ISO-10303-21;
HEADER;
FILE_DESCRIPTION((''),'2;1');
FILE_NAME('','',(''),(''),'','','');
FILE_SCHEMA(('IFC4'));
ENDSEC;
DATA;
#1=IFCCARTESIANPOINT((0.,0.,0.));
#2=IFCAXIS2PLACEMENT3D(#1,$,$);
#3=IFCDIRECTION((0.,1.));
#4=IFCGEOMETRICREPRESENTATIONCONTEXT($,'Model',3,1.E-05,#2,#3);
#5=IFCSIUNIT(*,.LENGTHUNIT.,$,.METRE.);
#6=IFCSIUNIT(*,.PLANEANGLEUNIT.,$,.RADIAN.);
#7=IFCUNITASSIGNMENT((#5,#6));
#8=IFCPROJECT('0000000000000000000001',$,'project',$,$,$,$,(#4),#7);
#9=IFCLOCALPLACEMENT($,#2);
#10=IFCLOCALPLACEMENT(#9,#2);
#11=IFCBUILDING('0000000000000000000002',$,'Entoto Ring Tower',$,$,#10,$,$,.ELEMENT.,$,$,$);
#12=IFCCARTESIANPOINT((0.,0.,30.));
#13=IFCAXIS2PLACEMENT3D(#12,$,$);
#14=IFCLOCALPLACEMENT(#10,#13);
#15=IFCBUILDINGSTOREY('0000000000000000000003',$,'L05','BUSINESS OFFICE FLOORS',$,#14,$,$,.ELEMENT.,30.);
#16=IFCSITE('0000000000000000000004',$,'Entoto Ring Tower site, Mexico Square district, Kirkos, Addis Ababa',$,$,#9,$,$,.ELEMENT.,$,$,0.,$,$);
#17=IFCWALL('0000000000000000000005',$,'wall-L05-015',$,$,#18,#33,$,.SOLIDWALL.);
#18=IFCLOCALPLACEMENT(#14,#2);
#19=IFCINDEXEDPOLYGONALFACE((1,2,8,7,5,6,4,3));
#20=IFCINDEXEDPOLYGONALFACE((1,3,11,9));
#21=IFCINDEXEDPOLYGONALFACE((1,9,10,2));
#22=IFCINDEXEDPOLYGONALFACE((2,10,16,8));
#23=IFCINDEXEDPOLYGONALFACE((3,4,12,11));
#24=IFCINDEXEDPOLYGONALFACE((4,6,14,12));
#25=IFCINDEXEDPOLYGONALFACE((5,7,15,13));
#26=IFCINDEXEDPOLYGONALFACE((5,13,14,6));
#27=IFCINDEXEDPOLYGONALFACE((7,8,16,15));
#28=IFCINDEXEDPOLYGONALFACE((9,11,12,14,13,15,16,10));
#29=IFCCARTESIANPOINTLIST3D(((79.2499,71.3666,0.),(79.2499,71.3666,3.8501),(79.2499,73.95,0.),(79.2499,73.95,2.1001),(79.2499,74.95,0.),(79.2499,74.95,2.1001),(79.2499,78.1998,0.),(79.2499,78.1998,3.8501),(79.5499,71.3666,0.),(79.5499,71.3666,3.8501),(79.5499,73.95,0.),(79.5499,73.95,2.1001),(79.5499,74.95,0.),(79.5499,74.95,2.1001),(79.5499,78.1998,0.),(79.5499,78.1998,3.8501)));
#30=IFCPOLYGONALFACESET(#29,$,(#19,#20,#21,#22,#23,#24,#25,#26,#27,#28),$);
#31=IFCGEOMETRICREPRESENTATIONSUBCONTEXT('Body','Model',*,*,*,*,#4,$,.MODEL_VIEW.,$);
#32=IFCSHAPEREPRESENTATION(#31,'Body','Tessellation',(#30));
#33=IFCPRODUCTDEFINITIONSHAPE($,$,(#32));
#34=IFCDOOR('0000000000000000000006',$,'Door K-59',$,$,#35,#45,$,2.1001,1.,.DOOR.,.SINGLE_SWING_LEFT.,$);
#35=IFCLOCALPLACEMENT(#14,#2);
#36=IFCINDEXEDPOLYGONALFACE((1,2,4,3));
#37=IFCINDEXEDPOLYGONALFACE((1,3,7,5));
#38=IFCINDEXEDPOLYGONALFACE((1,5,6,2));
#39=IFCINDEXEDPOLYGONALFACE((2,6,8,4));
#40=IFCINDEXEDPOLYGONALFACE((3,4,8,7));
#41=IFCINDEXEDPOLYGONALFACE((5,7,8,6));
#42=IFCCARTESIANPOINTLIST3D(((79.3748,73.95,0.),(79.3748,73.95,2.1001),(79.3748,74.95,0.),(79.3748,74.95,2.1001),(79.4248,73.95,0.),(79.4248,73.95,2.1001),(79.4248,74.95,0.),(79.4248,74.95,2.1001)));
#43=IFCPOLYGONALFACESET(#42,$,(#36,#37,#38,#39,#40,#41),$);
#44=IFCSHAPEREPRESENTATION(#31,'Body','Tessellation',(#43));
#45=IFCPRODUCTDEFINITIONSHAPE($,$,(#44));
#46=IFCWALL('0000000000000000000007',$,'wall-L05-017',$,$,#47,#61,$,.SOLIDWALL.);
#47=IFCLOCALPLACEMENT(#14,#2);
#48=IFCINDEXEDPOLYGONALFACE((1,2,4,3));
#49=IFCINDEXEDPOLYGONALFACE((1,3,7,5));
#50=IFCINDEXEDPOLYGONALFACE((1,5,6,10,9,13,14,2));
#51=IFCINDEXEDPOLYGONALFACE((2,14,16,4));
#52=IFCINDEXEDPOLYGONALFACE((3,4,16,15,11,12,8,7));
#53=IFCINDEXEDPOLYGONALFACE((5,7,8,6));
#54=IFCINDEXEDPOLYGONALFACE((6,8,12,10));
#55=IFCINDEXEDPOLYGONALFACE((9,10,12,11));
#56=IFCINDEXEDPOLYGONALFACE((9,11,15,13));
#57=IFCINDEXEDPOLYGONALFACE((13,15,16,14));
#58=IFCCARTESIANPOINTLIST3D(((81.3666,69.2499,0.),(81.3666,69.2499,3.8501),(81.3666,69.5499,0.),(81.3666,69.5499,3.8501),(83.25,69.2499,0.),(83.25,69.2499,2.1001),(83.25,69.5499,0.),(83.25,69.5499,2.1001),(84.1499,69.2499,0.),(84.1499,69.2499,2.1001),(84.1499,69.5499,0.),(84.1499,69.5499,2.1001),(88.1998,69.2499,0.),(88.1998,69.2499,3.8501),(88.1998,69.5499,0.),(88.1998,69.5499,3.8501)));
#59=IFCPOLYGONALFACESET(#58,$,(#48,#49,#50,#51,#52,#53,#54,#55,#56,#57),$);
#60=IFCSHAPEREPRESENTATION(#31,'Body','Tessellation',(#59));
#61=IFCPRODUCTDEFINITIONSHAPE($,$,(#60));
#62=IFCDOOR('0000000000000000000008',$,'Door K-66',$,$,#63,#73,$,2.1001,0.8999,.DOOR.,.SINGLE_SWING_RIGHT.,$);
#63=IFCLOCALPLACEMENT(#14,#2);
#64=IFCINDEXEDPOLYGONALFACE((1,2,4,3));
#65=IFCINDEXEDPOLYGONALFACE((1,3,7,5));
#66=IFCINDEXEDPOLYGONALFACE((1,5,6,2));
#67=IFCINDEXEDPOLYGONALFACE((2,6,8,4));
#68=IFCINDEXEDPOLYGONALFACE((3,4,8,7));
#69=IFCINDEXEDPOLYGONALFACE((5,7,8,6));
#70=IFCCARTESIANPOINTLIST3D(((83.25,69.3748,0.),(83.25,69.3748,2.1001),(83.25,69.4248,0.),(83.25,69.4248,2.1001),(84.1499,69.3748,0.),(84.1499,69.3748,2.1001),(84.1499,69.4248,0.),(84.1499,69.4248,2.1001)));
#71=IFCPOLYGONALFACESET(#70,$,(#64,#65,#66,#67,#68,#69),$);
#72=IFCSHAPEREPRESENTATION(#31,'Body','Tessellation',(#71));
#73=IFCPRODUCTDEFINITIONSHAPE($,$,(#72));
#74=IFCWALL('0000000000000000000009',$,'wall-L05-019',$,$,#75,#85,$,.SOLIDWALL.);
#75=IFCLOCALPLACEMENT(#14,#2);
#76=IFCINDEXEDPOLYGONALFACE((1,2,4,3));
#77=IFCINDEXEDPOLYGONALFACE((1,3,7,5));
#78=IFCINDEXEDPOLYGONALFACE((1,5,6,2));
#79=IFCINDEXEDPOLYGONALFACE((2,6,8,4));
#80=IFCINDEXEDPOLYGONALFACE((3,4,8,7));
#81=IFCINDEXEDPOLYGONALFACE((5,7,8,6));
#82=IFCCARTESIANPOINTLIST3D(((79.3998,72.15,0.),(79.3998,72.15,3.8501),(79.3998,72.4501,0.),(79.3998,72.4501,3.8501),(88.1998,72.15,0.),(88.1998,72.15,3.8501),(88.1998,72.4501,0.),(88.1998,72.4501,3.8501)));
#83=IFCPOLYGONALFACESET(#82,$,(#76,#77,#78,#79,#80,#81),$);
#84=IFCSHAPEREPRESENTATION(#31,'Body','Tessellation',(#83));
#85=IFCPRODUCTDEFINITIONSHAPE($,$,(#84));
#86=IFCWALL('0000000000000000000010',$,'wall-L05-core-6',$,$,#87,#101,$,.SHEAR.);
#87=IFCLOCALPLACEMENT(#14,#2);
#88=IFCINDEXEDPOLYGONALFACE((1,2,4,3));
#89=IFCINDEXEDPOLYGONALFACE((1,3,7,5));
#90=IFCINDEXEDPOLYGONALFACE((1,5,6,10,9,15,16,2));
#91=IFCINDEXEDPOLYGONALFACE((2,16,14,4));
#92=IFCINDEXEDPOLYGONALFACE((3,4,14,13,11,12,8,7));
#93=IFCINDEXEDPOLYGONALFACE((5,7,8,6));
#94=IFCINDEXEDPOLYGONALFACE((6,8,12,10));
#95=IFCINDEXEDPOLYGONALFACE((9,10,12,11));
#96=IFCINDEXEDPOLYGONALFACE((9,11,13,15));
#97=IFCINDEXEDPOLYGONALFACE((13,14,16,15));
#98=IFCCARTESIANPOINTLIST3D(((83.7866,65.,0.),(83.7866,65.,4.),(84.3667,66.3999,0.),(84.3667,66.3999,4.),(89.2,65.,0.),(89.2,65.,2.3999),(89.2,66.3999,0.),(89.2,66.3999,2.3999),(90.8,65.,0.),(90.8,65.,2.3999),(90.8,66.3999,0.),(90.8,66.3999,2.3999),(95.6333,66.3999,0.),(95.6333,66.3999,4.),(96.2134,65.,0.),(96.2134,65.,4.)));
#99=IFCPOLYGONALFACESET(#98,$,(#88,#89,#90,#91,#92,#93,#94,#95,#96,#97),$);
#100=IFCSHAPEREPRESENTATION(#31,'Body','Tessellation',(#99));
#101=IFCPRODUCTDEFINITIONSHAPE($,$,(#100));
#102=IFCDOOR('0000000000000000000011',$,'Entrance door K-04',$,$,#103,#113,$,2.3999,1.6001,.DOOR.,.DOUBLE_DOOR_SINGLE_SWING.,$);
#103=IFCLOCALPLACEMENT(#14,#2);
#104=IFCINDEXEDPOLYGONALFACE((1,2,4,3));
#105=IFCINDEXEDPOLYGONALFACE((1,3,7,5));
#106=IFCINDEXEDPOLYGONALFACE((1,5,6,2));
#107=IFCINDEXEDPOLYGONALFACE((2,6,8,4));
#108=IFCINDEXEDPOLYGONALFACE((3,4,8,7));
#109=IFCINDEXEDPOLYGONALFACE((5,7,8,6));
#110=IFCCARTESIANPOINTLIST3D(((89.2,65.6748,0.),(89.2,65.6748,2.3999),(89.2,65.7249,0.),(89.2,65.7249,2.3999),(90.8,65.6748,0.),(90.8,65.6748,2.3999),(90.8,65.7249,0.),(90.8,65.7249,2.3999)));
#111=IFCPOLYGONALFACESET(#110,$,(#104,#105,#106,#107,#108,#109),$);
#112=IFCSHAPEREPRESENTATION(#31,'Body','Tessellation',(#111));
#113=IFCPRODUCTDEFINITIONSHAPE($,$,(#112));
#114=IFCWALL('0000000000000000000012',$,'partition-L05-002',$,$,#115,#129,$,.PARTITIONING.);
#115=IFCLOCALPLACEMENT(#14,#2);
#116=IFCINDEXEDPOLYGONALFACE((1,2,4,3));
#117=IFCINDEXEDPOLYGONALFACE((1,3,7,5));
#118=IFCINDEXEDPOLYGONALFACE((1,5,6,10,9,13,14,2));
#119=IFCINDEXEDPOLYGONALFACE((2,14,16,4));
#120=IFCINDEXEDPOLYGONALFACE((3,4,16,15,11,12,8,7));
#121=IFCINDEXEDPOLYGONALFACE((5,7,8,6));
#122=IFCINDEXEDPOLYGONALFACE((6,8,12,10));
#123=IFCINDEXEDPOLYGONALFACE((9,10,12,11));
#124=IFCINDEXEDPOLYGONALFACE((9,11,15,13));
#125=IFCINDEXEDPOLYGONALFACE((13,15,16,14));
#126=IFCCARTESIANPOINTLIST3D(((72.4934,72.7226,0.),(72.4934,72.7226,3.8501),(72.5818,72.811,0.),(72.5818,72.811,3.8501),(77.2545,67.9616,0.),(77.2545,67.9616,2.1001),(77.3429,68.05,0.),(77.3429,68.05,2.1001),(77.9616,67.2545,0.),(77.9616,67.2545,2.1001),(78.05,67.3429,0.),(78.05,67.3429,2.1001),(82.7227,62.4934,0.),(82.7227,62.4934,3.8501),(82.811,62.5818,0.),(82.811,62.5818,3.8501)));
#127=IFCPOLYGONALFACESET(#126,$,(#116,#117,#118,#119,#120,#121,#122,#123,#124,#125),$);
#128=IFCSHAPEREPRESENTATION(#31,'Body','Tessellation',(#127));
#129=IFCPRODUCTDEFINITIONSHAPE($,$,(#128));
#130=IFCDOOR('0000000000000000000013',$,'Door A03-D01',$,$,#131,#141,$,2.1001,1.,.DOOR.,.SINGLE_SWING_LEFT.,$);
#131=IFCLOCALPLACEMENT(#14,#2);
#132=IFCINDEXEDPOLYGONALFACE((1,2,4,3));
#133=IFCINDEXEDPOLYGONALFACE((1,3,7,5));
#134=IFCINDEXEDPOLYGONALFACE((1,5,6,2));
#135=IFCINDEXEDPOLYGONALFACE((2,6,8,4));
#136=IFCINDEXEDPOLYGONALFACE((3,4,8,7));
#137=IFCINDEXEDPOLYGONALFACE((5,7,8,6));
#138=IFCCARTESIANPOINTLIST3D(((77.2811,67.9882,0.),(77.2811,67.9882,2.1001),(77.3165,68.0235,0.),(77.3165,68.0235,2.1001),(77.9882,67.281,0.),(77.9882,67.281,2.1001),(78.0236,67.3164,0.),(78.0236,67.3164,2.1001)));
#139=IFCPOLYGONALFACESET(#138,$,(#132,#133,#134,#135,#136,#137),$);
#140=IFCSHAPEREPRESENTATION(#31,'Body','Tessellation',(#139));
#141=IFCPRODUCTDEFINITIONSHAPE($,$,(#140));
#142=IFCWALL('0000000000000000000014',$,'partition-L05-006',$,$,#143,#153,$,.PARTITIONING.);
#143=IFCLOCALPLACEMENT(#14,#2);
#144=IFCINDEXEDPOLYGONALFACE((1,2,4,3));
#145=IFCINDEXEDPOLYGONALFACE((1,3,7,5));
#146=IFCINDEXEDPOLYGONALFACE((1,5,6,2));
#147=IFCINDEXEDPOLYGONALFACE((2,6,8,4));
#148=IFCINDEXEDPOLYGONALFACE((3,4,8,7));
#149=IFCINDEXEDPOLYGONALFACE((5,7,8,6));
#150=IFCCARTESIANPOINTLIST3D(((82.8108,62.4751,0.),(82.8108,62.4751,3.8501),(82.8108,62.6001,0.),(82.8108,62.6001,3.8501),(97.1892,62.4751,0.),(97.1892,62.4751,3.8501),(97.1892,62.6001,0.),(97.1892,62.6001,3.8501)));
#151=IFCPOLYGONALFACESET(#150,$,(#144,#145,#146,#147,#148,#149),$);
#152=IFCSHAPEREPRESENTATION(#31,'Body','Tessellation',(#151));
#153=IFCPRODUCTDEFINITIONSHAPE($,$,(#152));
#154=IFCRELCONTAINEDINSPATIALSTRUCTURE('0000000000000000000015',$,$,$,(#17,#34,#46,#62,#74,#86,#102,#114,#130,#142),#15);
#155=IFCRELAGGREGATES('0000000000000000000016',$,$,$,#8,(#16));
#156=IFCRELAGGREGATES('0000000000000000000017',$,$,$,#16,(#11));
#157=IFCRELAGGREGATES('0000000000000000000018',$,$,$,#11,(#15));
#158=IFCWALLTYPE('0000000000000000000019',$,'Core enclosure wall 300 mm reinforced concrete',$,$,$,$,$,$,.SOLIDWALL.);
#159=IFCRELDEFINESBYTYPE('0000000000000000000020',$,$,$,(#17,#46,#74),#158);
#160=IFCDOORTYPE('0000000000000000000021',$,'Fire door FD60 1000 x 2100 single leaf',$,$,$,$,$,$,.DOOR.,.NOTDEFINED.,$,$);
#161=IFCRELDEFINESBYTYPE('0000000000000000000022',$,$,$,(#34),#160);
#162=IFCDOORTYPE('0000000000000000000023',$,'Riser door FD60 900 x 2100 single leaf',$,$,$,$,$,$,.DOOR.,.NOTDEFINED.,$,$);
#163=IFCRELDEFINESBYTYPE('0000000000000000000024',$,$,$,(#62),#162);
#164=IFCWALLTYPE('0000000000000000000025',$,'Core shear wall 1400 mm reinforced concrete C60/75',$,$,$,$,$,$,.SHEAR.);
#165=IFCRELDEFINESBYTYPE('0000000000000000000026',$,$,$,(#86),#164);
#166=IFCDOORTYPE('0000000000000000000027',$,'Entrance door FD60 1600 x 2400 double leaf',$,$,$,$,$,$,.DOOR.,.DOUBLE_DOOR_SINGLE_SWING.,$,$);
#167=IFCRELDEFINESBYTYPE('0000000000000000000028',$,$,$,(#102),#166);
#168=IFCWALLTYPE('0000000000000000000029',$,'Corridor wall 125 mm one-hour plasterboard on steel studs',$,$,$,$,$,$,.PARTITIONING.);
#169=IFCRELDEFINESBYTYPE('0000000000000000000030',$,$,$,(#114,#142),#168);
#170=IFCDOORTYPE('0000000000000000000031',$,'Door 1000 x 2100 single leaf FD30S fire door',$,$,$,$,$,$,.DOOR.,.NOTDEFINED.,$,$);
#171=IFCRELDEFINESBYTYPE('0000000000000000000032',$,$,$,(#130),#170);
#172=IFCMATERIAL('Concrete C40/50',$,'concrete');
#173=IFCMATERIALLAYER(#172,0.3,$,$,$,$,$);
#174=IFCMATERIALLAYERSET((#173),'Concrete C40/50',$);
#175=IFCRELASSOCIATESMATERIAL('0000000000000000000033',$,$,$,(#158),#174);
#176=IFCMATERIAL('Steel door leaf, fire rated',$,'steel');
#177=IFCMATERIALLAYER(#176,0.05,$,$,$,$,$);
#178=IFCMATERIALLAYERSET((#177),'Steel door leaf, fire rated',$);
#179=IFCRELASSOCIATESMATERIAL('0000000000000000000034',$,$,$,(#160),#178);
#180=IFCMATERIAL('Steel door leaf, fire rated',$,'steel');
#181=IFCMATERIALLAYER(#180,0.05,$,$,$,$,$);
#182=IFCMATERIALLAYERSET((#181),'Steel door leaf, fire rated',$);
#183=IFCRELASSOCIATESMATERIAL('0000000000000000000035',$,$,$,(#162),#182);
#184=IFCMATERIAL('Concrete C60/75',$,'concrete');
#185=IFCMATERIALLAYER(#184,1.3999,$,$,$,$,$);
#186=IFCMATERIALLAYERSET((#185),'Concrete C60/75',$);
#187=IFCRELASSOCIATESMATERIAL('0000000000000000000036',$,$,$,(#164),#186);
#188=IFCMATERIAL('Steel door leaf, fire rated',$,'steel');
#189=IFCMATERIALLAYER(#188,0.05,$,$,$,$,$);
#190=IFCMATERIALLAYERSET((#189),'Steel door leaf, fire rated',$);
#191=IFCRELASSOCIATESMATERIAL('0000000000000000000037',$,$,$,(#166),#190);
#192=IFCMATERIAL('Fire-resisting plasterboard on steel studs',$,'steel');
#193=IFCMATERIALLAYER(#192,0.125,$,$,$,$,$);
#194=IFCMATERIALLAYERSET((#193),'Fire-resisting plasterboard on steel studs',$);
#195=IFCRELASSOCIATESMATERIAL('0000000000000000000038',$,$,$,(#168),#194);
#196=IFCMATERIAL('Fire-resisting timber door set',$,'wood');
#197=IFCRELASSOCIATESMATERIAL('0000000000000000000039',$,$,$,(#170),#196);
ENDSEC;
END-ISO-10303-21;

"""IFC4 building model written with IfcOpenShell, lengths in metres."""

from ifc_helpers import new_model, si_unit, direction, frame, frame_2d, origin, place, context, subcontext, project, spatial, polyline, rectangle, outline, extrude, material, layer, layer_set, type_object, element, fill, save


model = new_model("IFC4")

# Units and contexts
model_context = context("Model", 3, precision=1e-05, world=origin(), true_north=direction((0.0, 1.0)))
body_context = subcontext(model_context, "Body", "Model", "MODEL_VIEW")
ifc_project = project(units=[si_unit("LENGTHUNIT", "METRE"), si_unit("PLANEANGLEUNIT", "RADIAN")], contexts=[model_context])

# Site, building, storey
site_placement = place(None, origin())
site = spatial("IfcSite", under=ifc_project, at=site_placement, Name="Entoto Ring Tower site, Mexico Square district, Kirkos, Addis Ababa", CompositionType="ELEMENT", RefElevation=0.0)
building_placement = place(site_placement, origin())
building = spatial("IfcBuilding", under=site, at=building_placement, Name="Entoto Ring Tower", CompositionType="ELEMENT")
storey_placement = place(building_placement, frame((0.0, 0.0, 30.0)))
storey = spatial("IfcBuildingStorey", under=building, at=storey_placement, Name="L05", Description="BUSINESS OFFICE FLOORS", CompositionType="ELEMENT", Elevation=30.0)

# Walls, openings, doors
ifc_material_1 = material(Name="Concrete C40/50", Category="concrete")
ifc_layer_1 = layer(ifc_material_1, 0.3)
ifc_layer_set_1 = layer_set([ifc_layer_1], Name="Concrete C40/50")
wall_type_1 = type_object("IfcWallType", Name="Core enclosure wall 300 mm reinforced concrete", PredefinedType="SOLIDWALL", material=ifc_layer_set_1)
wall_1_placement = place(storey_placement, frame((79.3999, 71.3667, 0.0), z_axis=(0.0, 0.0, 1.0), x_axis=(0.0, 1.0, 0.0)))
wall_1 = element("IfcWall", 1, at=wall_1_placement, inside=storey, type_object=wall_type_1, Name="wall-L05-015", PredefinedType="SOLIDWALL", context=body_context, shape_type="SweptSolid", body=[
    extrude(rectangle(XDim=6.8333, YDim=0.3, at=frame_2d((3.4165, 0.0))), origin(), (0.0, 0.0, 1.0), 3.8501),
])
opening_1_placement = place(wall_1_placement, frame((2.5833, 0.0, 0.0)))
opening_1 = element("IfcOpeningElement", 2, at=opening_1_placement, cuts=wall_1, PredefinedType="OPENING", context=body_context, shape_type="SweptSolid", body=[
    extrude(rectangle(XDim=1.0, YDim=2.1001, at=frame_2d((0.5, 1.05))), frame((0.0, 0.1602, 0.0), z_axis=(0.0, -1.0, 0.0), x_axis=(1.0, 0.0, 0.0)), (0.0, 0.0, 1.0), 0.3201),
])
ifc_material_2 = material(Name="Steel door leaf, fire rated", Category="steel")
ifc_layer_2 = layer(ifc_material_2, 0.05)
ifc_layer_set_2 = layer_set([ifc_layer_2], Name="Steel door leaf, fire rated")
door_type_1 = type_object("IfcDoorType", Name="Fire door FD60 1000 x 2100 single leaf", OperationType="NOTDEFINED", PredefinedType="DOOR", material=ifc_layer_set_2)
door_1_placement = place(opening_1_placement, frame((1.0, 0.0, 0.0), z_axis=(0.0, 0.0, 1.0), x_axis=(-1.0, 0.0, 0.0)))
door_1 = element("IfcDoor", 3, at=door_1_placement, inside=storey, type_object=door_type_1, Name="Door K-59", OperationType="SINGLE_SWING_LEFT", OverallHeight=2.1001, OverallWidth=1.0, PredefinedType="DOOR", context=body_context, shape_type="SweptSolid", body=[
    extrude(rectangle(XDim=1.0, YDim=2.1001, at=frame_2d((0.5, 1.05))), frame((0.0, 0.0249, 0.0), z_axis=(0.0, -1.0, 0.0), x_axis=(1.0, 0.0, 0.0)), (0.0, 0.0, 1.0), 0.05),
])
fill(opening_1, door_1)
wall_2_placement = place(storey_placement, frame((81.3667, 69.3999, 0.0), z_axis=(0.0, 0.0, 1.0), x_axis=(1.0, 0.0, 0.0)))
wall_2 = element("IfcWall", 4, at=wall_2_placement, inside=storey, type_object=wall_type_1, Name="wall-L05-017", PredefinedType="SOLIDWALL", context=body_context, shape_type="SweptSolid", body=[
    extrude(rectangle(XDim=6.8333, YDim=0.3, at=frame_2d((3.4165, 0.0))), origin(), (0.0, 0.0, 1.0), 3.8501),
])
opening_2_placement = place(wall_2_placement, frame((1.8833, 0.0, 0.0)))
opening_2 = element("IfcOpeningElement", 5, at=opening_2_placement, cuts=wall_2, PredefinedType="OPENING", context=body_context, shape_type="SweptSolid", body=[
    extrude(rectangle(XDim=0.8999, YDim=2.1001, at=frame_2d((0.45, 1.05))), frame((0.0, 0.1602, 0.0), z_axis=(0.0, -1.0, 0.0), x_axis=(1.0, 0.0, 0.0)), (0.0, 0.0, 1.0), 0.3201),
])
ifc_material_3 = material(Name="Steel door leaf, fire rated", Category="steel")
ifc_layer_3 = layer(ifc_material_3, 0.05)
ifc_layer_set_3 = layer_set([ifc_layer_3], Name="Steel door leaf, fire rated")
door_type_2 = type_object("IfcDoorType", Name="Riser door FD60 900 x 2100 single leaf", OperationType="NOTDEFINED", PredefinedType="DOOR", material=ifc_layer_set_3)
door_2_placement = place(opening_2_placement, origin())
door_2 = element("IfcDoor", 6, at=door_2_placement, inside=storey, type_object=door_type_2, Name="Door K-66", OperationType="SINGLE_SWING_RIGHT", OverallHeight=2.1001, OverallWidth=0.8999, PredefinedType="DOOR", context=body_context, shape_type="SweptSolid", body=[
    extrude(rectangle(XDim=0.8999, YDim=2.1001, at=frame_2d((0.45, 1.05))), frame((0.0, 0.0249, 0.0), z_axis=(0.0, -1.0, 0.0), x_axis=(1.0, 0.0, 0.0)), (0.0, 0.0, 1.0), 0.05),
])
fill(opening_2, door_2)

# Wall
wall_3_placement = place(storey_placement, frame((79.3999, 72.3, 0.0), z_axis=(0.0, 0.0, 1.0), x_axis=(1.0, 0.0, 0.0)))
element("IfcWall", 7, at=wall_3_placement, inside=storey, type_object=wall_type_1, Name="wall-L05-019", PredefinedType="SOLIDWALL", context=body_context, shape_type="SweptSolid", body=[
    extrude(rectangle(XDim=8.8, YDim=0.3, at=frame_2d((4.3999, 0.0))), origin(), (0.0, 0.0, 1.0), 3.8501),
])

# Walls, openings, doors
ifc_material_4 = material(Name="Concrete C60/75", Category="concrete")
ifc_layer_4 = layer(ifc_material_4, 1.3999)
ifc_layer_set_4 = layer_set([ifc_layer_4], Name="Concrete C60/75")
wall_type_2 = type_object("IfcWallType", Name="Core shear wall 1400 mm reinforced concrete C60/75", PredefinedType="SHEAR", material=ifc_layer_set_4)
wall_4_placement = place(storey_placement, frame((84.0767, 65.7, 0.0), z_axis=(0.0, 0.0, 1.0), x_axis=(1.0, 0.0, 0.0)))
wall_4 = element("IfcWall", 8, at=wall_4_placement, inside=storey, type_object=wall_type_2, Name="wall-L05-core-6", PredefinedType="SHEAR", context=body_context, shape_type="SweptSolid", body=[
    extrude(outline(polyline([(-0.29, -0.7), (12.1367, -0.7), (11.5566, 0.7), (0.29, 0.7), (-0.29, -0.7)])), origin(), (0.0, 0.0, 1.0), 4.0),
])
opening_3_placement = place(wall_4_placement, frame((5.1233, 0.0, 0.0)))
opening_3 = element("IfcOpeningElement", 9, at=opening_3_placement, cuts=wall_4, PredefinedType="OPENING", context=body_context, shape_type="SweptSolid", body=[
    extrude(rectangle(XDim=1.6001, YDim=2.3999, at=frame_2d((0.8, 1.2))), frame((0.0, 0.71, 0.0), z_axis=(0.0, -1.0, 0.0), x_axis=(1.0, 0.0, 0.0)), (0.0, 0.0, 1.0), 1.4199),
])
ifc_material_5 = material(Name="Steel door leaf, fire rated", Category="steel")
ifc_layer_5 = layer(ifc_material_5, 0.05)
ifc_layer_set_5 = layer_set([ifc_layer_5], Name="Steel door leaf, fire rated")
door_type_3 = type_object("IfcDoorType", Name="Entrance door FD60 1600 x 2400 double leaf", OperationType="DOUBLE_DOOR_SINGLE_SWING", PredefinedType="DOOR", material=ifc_layer_set_5)
door_3_placement = place(opening_3_placement, origin())
door_3 = element("IfcDoor", 10, at=door_3_placement, inside=storey, type_object=door_type_3, Name="Entrance door K-04", OperationType="DOUBLE_DOOR_SINGLE_SWING", OverallHeight=2.3999, OverallWidth=1.6001, PredefinedType="DOOR", context=body_context, shape_type="SweptSolid", body=[
    extrude(rectangle(XDim=1.6001, YDim=2.3999, at=frame_2d((0.8, 1.2))), frame((0.0, 0.0249, 0.0), z_axis=(0.0, -1.0, 0.0), x_axis=(1.0, 0.0, 0.0)), (0.0, 0.0, 1.0), 0.05),
])
fill(opening_3, door_3)
ifc_material_6 = material(Name="Fire-resisting plasterboard on steel studs", Category="steel")
ifc_layer_6 = layer(ifc_material_6, 0.125)
ifc_layer_set_6 = layer_set([ifc_layer_6], Name="Fire-resisting plasterboard on steel studs")
wall_type_3 = type_object("IfcWallType", Name="Corridor wall 125 mm one-hour plasterboard on steel studs", PredefinedType="PARTITIONING", material=ifc_layer_set_6)
wall_5_placement = place(storey_placement, frame((82.7668, 62.5376, 0.0), z_axis=(0.0, 0.0, 1.0), x_axis=(-0.707107, 0.707107, 0.0)))
wall_5 = element("IfcWall", 11, at=wall_5_placement, inside=storey, type_object=wall_type_3, Name="partition-L05-002", PredefinedType="PARTITIONING", context=body_context, shape_type="SweptSolid", body=[
    extrude(rectangle(XDim=14.4663, YDim=0.125, at=frame_2d((7.2332, 0.0))), origin(), (0.0, 0.0, 1.0), 3.8501),
])
opening_4_placement = place(wall_5_placement, frame((6.7332, 0.0, 0.0)))
opening_4 = element("IfcOpeningElement", 12, at=opening_4_placement, cuts=wall_5, PredefinedType="OPENING", context=body_context, shape_type="SweptSolid", body=[
    extrude(rectangle(XDim=1.0, YDim=2.1001, at=frame_2d((0.5, 1.05))), frame((0.0, 0.0725, 0.0), z_axis=(0.0, -1.0, 0.0), x_axis=(1.0, 0.0, 0.0)), (0.0, 0.0, 1.0), 0.145),
])
ifc_material_7 = material(Name="Fire-resisting timber door set", Category="wood")
door_type_4 = type_object("IfcDoorType", Name="Door 1000 x 2100 single leaf FD30S fire door", OperationType="NOTDEFINED", PredefinedType="DOOR", material=ifc_material_7)
door_4_placement = place(opening_4_placement, origin())
door_4 = element("IfcDoor", 13, at=door_4_placement, inside=storey, type_object=door_type_4, Name="Door A03-D01", OperationType="SINGLE_SWING_LEFT", OverallHeight=2.1001, OverallWidth=1.0, PredefinedType="DOOR", context=body_context, shape_type="SweptSolid", body=[
    extrude(rectangle(XDim=1.0, YDim=2.1001, at=frame_2d((0.5, 1.05))), frame((0.0, 0.0249, 0.0), z_axis=(0.0, -1.0, 0.0), x_axis=(1.0, 0.0, 0.0)), (0.0, 0.0, 1.0), 0.05),
])
fill(opening_4, door_4)

# Wall
wall_6_placement = place(storey_placement, frame((82.8108, 62.5376, 0.0), z_axis=(0.0, 0.0, 1.0), x_axis=(1.0, 0.0, 0.0)))
element("IfcWall", 14, at=wall_6_placement, inside=storey, type_object=wall_type_3, Name="partition-L05-006", PredefinedType="PARTITIONING", context=body_context, shape_type="SweptSolid", body=[
    extrude(rectangle(XDim=14.3784, YDim=0.125, at=frame_2d((7.1892, 0.0))), origin(), (0.0, 0.0, 1.0), 3.8501),
])

save(model, "model.ifc")
